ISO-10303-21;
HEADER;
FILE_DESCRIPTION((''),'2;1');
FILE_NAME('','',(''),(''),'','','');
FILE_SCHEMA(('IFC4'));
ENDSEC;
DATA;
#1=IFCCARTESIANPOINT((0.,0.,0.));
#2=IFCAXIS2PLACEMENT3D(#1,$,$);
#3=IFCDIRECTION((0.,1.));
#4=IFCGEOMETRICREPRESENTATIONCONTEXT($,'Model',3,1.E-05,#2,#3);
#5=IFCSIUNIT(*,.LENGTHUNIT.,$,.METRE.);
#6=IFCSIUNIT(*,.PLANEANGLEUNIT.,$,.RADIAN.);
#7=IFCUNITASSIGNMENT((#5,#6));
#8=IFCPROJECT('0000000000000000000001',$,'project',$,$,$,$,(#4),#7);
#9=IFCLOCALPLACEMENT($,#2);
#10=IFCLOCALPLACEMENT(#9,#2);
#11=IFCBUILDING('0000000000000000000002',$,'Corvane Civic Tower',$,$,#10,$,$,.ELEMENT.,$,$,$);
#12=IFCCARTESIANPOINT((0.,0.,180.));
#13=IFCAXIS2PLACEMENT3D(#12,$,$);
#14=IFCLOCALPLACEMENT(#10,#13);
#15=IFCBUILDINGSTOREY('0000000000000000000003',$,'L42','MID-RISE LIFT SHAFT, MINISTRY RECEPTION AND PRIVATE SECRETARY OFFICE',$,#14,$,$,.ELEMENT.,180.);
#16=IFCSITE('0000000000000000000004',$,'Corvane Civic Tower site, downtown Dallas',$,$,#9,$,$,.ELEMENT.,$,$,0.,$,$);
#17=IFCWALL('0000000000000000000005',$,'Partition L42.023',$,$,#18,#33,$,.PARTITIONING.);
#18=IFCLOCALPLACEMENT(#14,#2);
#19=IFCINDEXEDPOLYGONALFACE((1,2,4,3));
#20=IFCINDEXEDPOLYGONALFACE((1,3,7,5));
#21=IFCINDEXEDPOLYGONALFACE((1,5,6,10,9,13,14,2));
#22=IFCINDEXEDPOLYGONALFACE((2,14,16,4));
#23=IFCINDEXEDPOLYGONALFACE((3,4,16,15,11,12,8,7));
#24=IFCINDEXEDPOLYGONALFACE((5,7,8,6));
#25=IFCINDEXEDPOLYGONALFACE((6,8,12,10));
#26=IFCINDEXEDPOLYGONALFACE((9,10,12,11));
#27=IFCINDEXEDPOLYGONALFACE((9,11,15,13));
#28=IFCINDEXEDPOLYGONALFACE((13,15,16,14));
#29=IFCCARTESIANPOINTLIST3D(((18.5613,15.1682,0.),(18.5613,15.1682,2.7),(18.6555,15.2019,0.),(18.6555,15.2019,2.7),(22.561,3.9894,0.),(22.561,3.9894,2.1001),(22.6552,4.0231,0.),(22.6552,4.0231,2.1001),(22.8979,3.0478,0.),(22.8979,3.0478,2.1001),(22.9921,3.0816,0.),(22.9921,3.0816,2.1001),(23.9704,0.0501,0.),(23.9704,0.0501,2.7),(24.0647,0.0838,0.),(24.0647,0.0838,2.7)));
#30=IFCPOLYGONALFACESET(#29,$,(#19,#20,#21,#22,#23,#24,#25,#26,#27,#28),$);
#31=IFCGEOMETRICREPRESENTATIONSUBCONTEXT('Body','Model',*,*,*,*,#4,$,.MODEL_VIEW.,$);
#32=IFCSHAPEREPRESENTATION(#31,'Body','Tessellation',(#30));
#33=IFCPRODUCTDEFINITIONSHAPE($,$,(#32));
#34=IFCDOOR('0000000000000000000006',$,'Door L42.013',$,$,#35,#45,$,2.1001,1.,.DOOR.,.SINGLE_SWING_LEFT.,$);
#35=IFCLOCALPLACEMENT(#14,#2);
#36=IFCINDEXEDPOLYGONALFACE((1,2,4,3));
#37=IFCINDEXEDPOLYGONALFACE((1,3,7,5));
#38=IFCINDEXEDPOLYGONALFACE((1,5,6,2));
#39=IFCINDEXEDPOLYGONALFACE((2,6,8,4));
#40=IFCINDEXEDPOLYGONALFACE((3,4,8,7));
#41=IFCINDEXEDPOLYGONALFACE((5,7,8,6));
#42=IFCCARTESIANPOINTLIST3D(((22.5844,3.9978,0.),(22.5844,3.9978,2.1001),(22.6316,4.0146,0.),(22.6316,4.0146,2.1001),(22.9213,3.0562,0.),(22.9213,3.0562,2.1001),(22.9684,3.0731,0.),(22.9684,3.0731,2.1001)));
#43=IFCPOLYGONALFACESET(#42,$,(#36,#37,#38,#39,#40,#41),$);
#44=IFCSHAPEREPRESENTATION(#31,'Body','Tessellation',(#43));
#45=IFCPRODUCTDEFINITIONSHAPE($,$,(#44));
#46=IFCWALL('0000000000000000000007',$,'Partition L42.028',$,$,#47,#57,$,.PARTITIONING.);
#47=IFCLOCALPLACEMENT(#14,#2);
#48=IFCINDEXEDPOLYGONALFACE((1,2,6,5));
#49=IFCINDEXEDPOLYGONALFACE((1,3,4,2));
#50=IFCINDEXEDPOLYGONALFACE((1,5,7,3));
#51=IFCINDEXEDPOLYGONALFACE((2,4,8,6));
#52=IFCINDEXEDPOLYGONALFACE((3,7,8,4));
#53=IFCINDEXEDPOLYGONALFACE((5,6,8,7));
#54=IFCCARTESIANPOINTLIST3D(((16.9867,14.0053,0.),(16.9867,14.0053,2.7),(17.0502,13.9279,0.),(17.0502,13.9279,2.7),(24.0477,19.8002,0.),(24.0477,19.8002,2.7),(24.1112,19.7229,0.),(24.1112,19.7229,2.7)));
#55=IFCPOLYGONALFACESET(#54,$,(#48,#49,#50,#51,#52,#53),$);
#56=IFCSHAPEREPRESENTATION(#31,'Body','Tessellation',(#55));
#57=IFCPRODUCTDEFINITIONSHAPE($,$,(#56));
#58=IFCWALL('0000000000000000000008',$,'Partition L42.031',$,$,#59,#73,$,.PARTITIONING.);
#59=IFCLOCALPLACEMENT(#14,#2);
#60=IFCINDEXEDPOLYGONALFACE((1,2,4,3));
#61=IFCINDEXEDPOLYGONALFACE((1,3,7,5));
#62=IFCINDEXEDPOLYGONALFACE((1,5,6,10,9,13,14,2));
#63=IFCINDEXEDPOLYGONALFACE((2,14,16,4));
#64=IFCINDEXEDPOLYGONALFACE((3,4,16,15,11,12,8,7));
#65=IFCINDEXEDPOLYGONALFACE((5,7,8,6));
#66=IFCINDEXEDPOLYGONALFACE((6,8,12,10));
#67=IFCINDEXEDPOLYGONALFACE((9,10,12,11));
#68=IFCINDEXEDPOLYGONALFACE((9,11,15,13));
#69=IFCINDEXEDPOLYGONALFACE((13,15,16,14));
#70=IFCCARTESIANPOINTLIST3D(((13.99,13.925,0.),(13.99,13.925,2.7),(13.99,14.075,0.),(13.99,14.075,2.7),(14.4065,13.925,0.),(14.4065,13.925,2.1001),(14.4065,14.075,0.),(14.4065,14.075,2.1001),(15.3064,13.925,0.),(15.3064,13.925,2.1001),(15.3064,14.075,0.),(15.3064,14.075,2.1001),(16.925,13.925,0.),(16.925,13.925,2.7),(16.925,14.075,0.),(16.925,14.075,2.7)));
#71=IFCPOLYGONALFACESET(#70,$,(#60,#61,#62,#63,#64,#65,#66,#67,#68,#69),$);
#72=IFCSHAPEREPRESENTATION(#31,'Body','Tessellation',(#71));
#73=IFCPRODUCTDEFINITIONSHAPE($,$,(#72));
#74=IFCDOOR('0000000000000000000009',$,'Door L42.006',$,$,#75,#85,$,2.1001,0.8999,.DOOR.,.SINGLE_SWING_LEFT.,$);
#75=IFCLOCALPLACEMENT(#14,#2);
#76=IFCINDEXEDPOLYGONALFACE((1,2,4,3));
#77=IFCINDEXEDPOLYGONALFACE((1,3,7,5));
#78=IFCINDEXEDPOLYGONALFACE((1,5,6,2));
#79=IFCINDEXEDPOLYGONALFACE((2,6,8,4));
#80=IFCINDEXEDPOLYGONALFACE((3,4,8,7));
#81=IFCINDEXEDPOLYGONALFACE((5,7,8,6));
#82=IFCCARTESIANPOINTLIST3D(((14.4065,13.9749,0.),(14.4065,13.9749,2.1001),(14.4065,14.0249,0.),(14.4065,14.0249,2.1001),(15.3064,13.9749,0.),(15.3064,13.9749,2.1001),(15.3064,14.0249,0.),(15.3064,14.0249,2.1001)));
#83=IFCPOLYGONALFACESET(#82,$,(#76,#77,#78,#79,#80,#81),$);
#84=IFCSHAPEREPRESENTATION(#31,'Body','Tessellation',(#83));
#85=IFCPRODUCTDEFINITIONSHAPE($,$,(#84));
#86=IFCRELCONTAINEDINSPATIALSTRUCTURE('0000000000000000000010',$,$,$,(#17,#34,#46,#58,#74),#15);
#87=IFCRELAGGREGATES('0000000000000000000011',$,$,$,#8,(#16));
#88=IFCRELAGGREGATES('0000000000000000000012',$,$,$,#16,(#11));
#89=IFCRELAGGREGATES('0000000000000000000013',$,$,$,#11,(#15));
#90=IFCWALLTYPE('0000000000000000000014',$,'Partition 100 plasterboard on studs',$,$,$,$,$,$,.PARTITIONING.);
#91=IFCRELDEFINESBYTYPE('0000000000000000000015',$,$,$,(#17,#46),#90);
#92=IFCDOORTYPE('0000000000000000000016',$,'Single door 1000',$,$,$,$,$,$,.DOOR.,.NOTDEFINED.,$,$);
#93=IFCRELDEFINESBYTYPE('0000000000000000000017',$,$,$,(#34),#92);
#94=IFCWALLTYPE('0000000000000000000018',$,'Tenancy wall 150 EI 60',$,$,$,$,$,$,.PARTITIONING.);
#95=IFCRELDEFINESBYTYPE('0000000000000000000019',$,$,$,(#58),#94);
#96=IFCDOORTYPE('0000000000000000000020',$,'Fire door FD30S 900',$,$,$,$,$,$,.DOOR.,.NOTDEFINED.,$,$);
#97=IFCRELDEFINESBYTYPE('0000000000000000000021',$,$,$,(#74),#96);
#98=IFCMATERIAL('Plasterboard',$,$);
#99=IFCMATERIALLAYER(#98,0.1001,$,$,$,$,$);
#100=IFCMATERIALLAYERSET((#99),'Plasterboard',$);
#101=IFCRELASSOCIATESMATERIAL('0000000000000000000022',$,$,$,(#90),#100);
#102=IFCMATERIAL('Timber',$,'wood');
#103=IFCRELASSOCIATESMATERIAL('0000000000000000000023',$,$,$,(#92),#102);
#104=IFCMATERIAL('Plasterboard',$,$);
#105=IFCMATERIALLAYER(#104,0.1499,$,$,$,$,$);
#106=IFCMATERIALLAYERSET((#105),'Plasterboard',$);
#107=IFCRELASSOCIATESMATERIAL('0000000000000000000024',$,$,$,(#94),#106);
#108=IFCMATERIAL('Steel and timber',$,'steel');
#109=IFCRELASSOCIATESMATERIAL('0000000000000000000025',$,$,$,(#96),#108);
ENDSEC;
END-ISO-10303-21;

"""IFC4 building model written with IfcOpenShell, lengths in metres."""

from ifc_helpers import new_model, si_unit, direction, frame, frame_2d, origin, place, context, subcontext, project, spatial, rectangle, extrude, material, layer, layer_set, type_object, element, fill, save


model = new_model("IFC4")

# Units and contexts
model_context = context("Model", 3, precision=1e-05, world=origin(), true_north=direction((0.0, 1.0)))
body_context = subcontext(model_context, "Body", "Model", "MODEL_VIEW")
ifc_project = project(units=[si_unit("LENGTHUNIT", "METRE"), si_unit("PLANEANGLEUNIT", "RADIAN")], contexts=[model_context])

# Site, building, storey
site_placement = place(None, origin())
site = spatial("IfcSite", under=ifc_project, at=site_placement, Name="Corvane Civic Tower site, downtown Dallas", CompositionType="ELEMENT", RefElevation=0.0)
building_placement = place(site_placement, origin())
building = spatial("IfcBuilding", under=site, at=building_placement, Name="Corvane Civic Tower", CompositionType="ELEMENT")
storey_placement = place(building_placement, frame((0.0, 0.0, 180.0)))
storey = spatial("IfcBuildingStorey", under=building, at=storey_placement, Name="L42", Description="MID-RISE LIFT SHAFT, MINISTRY RECEPTION AND PRIVATE SECRETARY OFFICE", CompositionType="ELEMENT", Elevation=180.0)

# Wall, opening, door
ifc_material_1 = material(Name="Plasterboard")
ifc_layer_1 = layer(ifc_material_1, 0.1001)
ifc_layer_set_1 = layer_set([ifc_layer_1], Name="Plasterboard")
wall_type_1 = type_object("IfcWallType", Name="Partition 100 plasterboard on studs", PredefinedType="PARTITIONING", material=ifc_layer_set_1)
wall_1_placement = place(storey_placement, frame((18.6084, 15.1851, 0.0), z_axis=(0.0, 0.0, 1.0), x_axis=(0.33688, -0.941548, 0.0)))
wall_1 = element("IfcWall", 1, at=wall_1_placement, inside=storey, type_object=wall_type_1, Name="Partition L42.023", PredefinedType="PARTITIONING", context=body_context, shape_type="SweptSolid", body=[
    extrude(rectangle(XDim=16.0566, YDim=0.1001, at=frame_2d((8.0283, 0.0))), origin(), (0.0, 0.0, 1.0), 2.7),
])
opening_1_placement = place(wall_1_placement, frame((11.8728, 0.0, 0.0)))
opening_1 = element("IfcOpeningElement", 2, at=opening_1_placement, cuts=wall_1, PredefinedType="OPENING", context=body_context, shape_type="SweptSolid", body=[
    extrude(rectangle(XDim=1.0, YDim=2.1001, at=frame_2d((0.5, 1.05))), frame((0.0, 0.0601, 0.0), z_axis=(0.0, -1.0, 0.0), x_axis=(1.0, 0.0, 0.0)), (0.0, 0.0, 1.0), 0.1201),
])
ifc_material_2 = material(Name="Timber", Category="wood")
door_type_1 = type_object("IfcDoorType", Name="Single door 1000", OperationType="NOTDEFINED", PredefinedType="DOOR", material=ifc_material_2)
door_1_placement = place(opening_1_placement, origin())
door_1 = element("IfcDoor", 3, at=door_1_placement, inside=storey, type_object=door_type_1, Name="Door L42.013", OperationType="SINGLE_SWING_LEFT", OverallHeight=2.1001, OverallWidth=1.0, PredefinedType="DOOR", context=body_context, shape_type="SweptSolid", body=[
    extrude(rectangle(XDim=1.0, YDim=2.1001, at=frame_2d((0.5, 1.05))), frame((0.0, 0.0249, 0.0), z_axis=(0.0, -1.0, 0.0), x_axis=(1.0, 0.0, 0.0)), (0.0, 0.0, 1.0), 0.05),
])
fill(opening_1, door_1)

# Wall
wall_2_placement = place(storey_placement, frame((17.0183, 13.9666, 0.0), z_axis=(0.0, 0.0, 1.0), x_axis=(0.773006, 0.634399, 0.0)))
element("IfcWall", 4, at=wall_2_placement, inside=storey, type_object=wall_type_1, Name="Partition L42.028", PredefinedType="PARTITIONING", context=body_context, shape_type="SweptSolid", body=[
    extrude(rectangle(XDim=9.1345, YDim=0.1001, at=frame_2d((4.5674, 0.0))), origin(), (0.0, 0.0, 1.0), 2.7),
])

# Wall, opening, door
ifc_material_3 = material(Name="Plasterboard")
ifc_layer_2 = layer(ifc_material_3, 0.1499)
ifc_layer_set_2 = layer_set([ifc_layer_2], Name="Plasterboard")
wall_type_2 = type_object("IfcWallType", Name="Tenancy wall 150 EI 60", PredefinedType="PARTITIONING", material=ifc_layer_set_2)
wall_3_placement = place(storey_placement, frame((13.99, 14.0, 0.0), z_axis=(0.0, 0.0, 1.0), x_axis=(1.0, 0.0, 0.0)))
wall_3 = element("IfcWall", 5, at=wall_3_placement, inside=storey, type_object=wall_type_2, Name="Partition L42.031", PredefinedType="PARTITIONING", context=body_context, shape_type="SweptSolid", body=[
    extrude(rectangle(XDim=2.9351, YDim=0.1499, at=frame_2d((1.4675, 0.0))), origin(), (0.0, 0.0, 1.0), 2.7),
])
opening_2_placement = place(wall_3_placement, frame((0.4165, 0.0, 0.0)))
opening_2 = element("IfcOpeningElement", 6, at=opening_2_placement, cuts=wall_3, PredefinedType="OPENING", context=body_context, shape_type="SweptSolid", body=[
    extrude(rectangle(XDim=0.8999, YDim=2.1001, at=frame_2d((0.45, 1.05))), frame((0.0, 0.085, 0.0), z_axis=(0.0, -1.0, 0.0), x_axis=(1.0, 0.0, 0.0)), (0.0, 0.0, 1.0), 0.1699),
])
ifc_material_4 = material(Name="Steel and timber", Category="steel")
door_type_2 = type_object("IfcDoorType", Name="Fire door FD30S 900", OperationType="NOTDEFINED", PredefinedType="DOOR", material=ifc_material_4)
door_2_placement = place(opening_2_placement, origin())
door_2 = element("IfcDoor", 7, at=door_2_placement, inside=storey, type_object=door_type_2, Name="Door L42.006", OperationType="SINGLE_SWING_LEFT", OverallHeight=2.1001, OverallWidth=0.8999, PredefinedType="DOOR", context=body_context, shape_type="SweptSolid", body=[
    extrude(rectangle(XDim=0.8999, YDim=2.1001, at=frame_2d((0.45, 1.05))), frame((0.0, 0.0249, 0.0), z_axis=(0.0, -1.0, 0.0), x_axis=(1.0, 0.0, 0.0)), (0.0, 0.0, 1.0), 0.05),
])
fill(opening_2, door_2)

save(model, "model.ifc")
